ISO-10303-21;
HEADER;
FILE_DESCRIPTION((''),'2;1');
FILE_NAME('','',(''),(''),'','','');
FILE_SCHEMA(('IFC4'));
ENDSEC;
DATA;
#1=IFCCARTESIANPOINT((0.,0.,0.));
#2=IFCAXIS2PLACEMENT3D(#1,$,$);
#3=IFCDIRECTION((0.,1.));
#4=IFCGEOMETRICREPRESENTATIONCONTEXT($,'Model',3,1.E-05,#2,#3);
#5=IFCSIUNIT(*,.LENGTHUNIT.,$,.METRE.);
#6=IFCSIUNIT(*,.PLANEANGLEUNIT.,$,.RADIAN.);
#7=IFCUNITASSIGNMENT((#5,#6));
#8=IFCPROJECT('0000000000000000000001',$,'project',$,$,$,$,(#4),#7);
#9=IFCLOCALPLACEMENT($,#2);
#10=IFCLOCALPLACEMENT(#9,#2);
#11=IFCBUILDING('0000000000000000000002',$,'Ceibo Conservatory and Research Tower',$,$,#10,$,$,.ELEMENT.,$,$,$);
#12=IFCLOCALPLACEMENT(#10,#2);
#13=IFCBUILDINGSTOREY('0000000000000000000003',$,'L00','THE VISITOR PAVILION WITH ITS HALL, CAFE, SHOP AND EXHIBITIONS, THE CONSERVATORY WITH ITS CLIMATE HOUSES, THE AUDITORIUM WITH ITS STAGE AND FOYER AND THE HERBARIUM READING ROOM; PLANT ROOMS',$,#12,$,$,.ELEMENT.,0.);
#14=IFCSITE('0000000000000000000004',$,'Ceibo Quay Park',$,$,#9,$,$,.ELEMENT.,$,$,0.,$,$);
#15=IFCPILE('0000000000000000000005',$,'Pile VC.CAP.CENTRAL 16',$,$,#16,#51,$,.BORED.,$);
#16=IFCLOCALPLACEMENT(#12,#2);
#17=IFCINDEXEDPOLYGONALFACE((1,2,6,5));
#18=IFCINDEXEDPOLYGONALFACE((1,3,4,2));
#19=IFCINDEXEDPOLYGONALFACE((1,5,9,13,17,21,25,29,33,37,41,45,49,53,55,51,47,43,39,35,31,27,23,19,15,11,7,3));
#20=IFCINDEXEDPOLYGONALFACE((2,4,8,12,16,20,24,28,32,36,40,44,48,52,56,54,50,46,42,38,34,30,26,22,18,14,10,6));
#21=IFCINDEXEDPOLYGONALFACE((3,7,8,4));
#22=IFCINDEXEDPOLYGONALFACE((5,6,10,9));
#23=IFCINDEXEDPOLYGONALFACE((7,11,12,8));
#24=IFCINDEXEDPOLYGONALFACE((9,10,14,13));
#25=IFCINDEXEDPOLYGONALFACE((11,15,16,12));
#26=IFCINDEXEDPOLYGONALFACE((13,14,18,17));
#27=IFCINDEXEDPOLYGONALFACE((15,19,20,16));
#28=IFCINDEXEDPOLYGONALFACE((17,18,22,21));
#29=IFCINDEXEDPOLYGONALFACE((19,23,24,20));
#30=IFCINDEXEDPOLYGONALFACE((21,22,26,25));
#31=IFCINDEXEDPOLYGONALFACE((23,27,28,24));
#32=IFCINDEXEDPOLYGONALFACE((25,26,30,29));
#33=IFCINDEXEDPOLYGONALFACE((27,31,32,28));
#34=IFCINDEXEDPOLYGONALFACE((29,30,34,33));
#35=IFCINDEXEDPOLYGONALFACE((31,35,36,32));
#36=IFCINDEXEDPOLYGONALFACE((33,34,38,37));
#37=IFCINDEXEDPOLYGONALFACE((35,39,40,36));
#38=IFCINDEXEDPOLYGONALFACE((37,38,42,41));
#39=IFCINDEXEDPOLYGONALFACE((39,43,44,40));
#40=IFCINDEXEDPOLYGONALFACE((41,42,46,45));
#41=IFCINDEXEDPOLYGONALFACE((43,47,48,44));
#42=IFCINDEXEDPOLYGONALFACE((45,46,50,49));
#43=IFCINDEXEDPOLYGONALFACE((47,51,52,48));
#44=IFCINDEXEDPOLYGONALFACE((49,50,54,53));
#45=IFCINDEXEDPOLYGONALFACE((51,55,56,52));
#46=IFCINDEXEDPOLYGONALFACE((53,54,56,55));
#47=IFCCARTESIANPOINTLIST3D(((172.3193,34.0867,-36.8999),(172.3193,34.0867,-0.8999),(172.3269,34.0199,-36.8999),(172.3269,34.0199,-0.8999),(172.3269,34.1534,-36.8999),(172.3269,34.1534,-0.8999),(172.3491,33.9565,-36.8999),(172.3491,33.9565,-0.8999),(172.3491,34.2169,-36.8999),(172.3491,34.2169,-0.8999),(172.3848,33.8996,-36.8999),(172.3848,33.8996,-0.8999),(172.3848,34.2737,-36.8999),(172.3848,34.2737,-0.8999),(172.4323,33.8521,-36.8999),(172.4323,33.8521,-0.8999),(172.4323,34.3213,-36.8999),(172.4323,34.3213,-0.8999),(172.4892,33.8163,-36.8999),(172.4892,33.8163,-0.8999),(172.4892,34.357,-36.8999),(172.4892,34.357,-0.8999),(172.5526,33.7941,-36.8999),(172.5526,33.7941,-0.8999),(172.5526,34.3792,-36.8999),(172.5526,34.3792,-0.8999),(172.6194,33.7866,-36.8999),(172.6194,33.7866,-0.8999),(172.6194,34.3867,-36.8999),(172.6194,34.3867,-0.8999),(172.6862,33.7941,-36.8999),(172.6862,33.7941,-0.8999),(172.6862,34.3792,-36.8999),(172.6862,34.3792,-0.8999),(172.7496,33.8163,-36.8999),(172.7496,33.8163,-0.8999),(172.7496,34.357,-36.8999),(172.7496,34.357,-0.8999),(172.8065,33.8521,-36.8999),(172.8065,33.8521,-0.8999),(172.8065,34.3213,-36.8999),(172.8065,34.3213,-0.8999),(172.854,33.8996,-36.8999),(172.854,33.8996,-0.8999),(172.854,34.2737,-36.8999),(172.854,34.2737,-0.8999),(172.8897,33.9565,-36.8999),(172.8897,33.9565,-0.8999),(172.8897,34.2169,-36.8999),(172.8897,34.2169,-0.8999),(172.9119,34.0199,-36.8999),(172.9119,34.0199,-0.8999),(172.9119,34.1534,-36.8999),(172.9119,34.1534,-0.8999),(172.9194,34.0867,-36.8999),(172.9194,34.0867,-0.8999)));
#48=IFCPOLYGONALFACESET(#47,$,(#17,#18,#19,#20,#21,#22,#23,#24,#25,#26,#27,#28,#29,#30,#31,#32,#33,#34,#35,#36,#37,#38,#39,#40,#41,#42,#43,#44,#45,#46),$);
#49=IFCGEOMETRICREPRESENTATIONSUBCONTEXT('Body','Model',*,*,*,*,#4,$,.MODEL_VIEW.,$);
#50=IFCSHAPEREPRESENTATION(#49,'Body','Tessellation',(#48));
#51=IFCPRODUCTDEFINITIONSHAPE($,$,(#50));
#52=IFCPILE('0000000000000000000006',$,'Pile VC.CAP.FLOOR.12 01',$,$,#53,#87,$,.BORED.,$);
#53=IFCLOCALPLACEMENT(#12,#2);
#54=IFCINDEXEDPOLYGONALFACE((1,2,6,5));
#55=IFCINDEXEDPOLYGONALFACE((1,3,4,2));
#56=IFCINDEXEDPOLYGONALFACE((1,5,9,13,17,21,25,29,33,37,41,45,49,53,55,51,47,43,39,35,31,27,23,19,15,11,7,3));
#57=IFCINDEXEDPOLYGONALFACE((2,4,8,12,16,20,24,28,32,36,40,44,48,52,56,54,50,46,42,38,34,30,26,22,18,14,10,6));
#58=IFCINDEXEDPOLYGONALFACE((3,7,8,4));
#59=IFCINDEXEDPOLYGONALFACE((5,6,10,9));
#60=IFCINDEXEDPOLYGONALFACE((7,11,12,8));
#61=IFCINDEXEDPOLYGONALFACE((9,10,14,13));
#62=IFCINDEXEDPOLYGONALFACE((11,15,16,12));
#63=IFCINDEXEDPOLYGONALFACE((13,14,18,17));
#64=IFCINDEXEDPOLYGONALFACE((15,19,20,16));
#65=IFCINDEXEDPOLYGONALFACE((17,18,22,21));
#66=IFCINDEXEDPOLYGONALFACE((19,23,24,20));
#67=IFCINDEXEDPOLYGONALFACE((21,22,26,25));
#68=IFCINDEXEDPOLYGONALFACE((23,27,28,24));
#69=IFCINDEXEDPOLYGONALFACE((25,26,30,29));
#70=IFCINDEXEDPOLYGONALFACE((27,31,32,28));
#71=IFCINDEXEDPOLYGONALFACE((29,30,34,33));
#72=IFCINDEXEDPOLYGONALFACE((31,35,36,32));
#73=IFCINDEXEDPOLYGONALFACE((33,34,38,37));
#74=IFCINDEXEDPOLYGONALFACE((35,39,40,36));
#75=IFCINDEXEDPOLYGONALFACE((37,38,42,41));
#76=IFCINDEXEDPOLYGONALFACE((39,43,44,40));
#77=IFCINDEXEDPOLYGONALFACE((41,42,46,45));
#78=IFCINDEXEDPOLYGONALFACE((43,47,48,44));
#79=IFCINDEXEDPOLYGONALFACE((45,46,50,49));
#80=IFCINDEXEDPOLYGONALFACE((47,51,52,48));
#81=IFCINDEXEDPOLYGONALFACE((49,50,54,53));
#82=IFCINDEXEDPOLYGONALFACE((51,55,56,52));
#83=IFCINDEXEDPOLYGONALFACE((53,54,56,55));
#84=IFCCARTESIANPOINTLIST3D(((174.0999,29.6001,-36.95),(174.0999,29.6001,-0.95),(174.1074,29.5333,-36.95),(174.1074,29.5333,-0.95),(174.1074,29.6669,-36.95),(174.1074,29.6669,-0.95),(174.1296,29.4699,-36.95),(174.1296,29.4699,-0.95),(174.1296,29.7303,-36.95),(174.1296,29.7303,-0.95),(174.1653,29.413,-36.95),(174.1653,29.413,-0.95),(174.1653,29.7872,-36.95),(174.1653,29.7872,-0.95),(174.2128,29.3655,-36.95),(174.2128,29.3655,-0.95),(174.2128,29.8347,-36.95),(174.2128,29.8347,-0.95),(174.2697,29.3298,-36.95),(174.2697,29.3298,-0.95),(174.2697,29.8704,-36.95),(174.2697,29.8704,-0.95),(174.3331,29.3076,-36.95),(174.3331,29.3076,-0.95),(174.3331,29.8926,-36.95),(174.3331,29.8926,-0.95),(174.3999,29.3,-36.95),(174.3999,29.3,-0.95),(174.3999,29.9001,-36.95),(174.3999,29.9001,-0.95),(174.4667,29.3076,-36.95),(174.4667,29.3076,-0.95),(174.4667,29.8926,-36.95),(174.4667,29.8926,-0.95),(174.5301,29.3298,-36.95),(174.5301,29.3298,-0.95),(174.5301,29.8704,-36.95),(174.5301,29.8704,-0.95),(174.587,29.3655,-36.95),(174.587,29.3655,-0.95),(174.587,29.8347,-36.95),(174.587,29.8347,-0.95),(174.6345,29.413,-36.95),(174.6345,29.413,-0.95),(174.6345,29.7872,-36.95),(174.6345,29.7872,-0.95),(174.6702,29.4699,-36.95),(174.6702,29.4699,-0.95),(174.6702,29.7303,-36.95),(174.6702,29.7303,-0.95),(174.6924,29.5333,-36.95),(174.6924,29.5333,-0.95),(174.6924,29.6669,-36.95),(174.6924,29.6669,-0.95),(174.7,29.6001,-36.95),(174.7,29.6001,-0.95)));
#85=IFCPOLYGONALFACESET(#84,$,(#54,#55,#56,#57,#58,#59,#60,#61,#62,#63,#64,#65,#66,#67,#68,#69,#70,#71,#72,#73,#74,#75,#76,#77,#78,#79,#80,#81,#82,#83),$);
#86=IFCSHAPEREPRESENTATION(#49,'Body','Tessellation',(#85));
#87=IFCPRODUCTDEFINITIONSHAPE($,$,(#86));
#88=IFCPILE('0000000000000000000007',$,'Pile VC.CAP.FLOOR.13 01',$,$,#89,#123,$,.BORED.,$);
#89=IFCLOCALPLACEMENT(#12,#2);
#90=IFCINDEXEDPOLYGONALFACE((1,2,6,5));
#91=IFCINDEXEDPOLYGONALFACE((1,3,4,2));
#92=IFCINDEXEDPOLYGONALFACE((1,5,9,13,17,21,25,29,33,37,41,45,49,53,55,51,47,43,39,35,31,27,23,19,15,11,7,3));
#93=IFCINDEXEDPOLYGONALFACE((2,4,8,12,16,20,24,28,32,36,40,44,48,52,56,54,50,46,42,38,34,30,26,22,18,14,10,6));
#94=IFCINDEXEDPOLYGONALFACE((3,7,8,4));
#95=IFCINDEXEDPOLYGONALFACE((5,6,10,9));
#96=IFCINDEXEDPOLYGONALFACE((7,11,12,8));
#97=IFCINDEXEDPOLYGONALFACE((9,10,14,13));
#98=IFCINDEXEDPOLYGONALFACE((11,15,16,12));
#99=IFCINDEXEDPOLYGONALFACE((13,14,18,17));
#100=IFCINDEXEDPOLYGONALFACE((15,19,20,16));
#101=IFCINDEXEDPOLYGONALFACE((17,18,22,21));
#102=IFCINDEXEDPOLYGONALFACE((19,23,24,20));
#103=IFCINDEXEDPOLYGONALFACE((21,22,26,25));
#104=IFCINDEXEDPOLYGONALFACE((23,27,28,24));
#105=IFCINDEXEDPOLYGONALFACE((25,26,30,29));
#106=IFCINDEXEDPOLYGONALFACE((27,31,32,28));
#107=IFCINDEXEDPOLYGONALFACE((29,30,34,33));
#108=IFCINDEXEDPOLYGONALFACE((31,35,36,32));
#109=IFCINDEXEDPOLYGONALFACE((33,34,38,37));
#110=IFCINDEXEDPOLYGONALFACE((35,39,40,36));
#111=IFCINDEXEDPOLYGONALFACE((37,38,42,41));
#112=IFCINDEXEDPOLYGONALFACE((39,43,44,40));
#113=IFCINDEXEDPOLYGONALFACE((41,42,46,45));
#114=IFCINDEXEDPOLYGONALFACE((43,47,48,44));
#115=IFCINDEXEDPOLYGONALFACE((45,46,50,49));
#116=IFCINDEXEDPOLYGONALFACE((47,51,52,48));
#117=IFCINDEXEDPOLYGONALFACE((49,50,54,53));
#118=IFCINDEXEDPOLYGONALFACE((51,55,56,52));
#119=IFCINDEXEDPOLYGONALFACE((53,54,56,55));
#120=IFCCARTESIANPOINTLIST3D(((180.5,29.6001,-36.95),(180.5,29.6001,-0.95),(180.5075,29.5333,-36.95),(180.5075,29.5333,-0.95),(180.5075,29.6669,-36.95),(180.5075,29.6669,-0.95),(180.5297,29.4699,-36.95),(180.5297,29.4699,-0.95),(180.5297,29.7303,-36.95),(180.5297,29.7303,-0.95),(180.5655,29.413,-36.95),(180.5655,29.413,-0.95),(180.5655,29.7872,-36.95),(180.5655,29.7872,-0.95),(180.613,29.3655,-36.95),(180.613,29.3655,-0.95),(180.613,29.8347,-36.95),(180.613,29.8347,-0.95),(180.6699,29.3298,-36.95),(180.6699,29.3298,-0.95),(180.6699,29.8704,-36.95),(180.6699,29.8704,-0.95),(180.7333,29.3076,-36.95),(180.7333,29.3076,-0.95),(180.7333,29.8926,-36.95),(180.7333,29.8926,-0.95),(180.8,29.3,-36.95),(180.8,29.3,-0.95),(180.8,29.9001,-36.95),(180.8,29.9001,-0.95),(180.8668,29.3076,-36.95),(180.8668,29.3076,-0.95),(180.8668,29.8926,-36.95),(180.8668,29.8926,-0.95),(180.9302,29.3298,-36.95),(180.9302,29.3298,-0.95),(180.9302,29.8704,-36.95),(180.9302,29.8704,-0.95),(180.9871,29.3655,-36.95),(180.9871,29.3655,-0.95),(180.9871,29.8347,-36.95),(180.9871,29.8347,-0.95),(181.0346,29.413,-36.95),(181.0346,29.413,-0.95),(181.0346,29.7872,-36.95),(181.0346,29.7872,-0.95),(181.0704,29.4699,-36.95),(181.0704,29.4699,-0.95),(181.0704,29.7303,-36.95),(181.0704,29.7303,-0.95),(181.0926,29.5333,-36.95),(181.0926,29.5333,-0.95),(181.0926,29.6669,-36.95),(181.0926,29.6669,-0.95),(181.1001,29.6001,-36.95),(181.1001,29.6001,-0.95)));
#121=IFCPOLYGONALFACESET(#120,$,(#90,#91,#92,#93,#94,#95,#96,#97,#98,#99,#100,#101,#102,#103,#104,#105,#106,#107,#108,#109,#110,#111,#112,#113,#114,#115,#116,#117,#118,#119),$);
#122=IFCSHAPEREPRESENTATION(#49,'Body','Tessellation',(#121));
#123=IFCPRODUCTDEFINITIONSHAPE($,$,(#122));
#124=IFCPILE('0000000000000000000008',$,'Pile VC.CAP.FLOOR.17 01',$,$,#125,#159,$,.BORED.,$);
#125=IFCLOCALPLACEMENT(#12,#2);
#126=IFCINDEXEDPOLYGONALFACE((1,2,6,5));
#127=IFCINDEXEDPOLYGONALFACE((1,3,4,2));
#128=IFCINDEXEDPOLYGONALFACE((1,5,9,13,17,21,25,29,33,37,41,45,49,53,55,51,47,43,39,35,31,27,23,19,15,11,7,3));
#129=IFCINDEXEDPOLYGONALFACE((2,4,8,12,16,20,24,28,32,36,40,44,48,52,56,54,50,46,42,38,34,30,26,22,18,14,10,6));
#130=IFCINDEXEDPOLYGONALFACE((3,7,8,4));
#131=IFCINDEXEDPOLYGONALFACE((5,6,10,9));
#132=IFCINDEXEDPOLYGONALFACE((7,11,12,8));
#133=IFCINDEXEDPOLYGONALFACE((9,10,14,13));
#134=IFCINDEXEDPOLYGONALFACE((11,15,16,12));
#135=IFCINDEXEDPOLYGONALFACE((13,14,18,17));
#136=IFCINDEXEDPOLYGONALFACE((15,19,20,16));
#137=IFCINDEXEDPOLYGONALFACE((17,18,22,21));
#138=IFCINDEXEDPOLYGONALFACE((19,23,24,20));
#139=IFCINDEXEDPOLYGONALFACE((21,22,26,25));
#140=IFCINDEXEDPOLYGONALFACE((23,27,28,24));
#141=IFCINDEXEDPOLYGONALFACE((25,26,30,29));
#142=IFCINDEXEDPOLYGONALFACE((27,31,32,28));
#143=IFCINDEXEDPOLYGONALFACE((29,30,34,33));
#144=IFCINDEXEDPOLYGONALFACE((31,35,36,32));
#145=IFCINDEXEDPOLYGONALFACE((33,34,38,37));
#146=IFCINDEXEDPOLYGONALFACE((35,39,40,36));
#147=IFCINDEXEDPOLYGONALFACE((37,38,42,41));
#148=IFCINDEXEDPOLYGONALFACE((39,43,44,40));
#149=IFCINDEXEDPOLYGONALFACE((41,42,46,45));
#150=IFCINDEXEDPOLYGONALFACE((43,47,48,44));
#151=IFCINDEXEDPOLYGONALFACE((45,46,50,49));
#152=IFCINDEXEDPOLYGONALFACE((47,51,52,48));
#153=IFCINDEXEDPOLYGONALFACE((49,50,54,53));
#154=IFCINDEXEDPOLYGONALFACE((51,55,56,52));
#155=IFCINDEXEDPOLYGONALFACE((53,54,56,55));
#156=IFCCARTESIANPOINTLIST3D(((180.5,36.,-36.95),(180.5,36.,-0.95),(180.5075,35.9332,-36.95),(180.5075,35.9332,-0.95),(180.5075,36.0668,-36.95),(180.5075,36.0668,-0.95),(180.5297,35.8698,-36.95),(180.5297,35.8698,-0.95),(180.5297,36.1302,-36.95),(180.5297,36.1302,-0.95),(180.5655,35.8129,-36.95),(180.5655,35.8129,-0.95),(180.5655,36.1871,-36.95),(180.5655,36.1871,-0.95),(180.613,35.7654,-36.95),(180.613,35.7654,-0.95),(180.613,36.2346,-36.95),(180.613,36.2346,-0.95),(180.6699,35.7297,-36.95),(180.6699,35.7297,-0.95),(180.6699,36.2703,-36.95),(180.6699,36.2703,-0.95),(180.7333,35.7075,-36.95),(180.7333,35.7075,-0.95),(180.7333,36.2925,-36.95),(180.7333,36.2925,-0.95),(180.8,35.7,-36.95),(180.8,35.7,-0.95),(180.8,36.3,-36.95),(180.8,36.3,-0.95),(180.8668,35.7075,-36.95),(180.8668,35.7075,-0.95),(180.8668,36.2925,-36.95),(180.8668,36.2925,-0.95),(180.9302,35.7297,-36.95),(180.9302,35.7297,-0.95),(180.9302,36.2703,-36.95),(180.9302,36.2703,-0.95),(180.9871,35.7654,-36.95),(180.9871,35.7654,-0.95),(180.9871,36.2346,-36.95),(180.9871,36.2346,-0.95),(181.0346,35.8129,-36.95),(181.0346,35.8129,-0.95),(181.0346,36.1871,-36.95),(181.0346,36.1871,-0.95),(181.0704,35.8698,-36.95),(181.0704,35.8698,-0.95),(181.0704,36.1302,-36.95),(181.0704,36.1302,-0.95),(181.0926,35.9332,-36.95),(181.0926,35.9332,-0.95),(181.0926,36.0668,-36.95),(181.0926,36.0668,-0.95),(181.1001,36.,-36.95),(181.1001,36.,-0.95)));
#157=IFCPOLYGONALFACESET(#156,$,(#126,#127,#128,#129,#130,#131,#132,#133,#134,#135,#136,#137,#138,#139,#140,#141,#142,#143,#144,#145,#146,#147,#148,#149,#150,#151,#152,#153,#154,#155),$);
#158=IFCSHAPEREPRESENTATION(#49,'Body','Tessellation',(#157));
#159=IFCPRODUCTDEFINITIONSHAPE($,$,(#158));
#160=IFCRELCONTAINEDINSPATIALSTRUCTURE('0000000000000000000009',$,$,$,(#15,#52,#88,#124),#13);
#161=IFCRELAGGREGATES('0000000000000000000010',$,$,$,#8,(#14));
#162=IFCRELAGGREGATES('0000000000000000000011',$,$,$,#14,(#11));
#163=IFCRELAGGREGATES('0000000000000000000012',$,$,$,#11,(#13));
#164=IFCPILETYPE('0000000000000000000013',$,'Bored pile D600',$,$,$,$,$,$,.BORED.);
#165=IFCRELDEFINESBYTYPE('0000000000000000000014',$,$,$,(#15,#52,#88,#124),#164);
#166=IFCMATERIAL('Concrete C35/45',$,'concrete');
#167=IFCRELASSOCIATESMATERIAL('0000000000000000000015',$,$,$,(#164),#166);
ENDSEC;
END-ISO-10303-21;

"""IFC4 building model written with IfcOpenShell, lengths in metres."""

from ifc_helpers import new_model, si_unit, direction, frame, origin, origin_2d, place, context, subcontext, project, spatial, circle, extrude, material, material_profile, profile_set, type_object, element, save


model = new_model("IFC4")

# Units and contexts
model_context = context("Model", 3, precision=1e-05, world=origin(), true_north=direction((0.0, 1.0)))
body_context = subcontext(model_context, "Body", "Model", "MODEL_VIEW")
ifc_project = project(units=[si_unit("LENGTHUNIT", "METRE"), si_unit("PLANEANGLEUNIT", "RADIAN")], contexts=[model_context])

# Site, building, storey
site_placement = place(None, origin())
site = spatial("IfcSite", under=ifc_project, at=site_placement, Name="Ceibo Quay Park", CompositionType="ELEMENT", RefElevation=0.0)
building_placement = place(site_placement, origin())
building = spatial("IfcBuilding", under=site, at=building_placement, Name="Ceibo Conservatory and Research Tower", CompositionType="ELEMENT")
storey_placement = place(building_placement, origin())
storey = spatial("IfcBuildingStorey", under=building, at=storey_placement, Name="L00", Description="THE VISITOR PAVILION WITH ITS HALL, CAFE, SHOP AND EXHIBITIONS, THE CONSERVATORY WITH ITS CLIMATE HOUSES, THE AUDITORIUM WITH ITS STAGE AND FOYER AND THE HERBARIUM READING ROOM; PLANT ROOMS", CompositionType="ELEMENT", Elevation=0.0)

# Piles
ifc_material_1 = material(Name="Concrete C35/45", Category="concrete")
ifc_material_profile_1 = material_profile(ifc_material_1, circle(Radius=0.3, at=origin_2d()), Name="RC D600")
ifc_profile_set_1 = profile_set([ifc_material_profile_1], Name="Concrete C35/45")
pile_type = type_object("IfcPileType", Name="Bored pile D600", PredefinedType="BORED", material=ifc_profile_set_1)
for number, where, z_axis, x_axis, name in (
    (1, (172.6194, 34.0867, -0.8999), (0.0, 0.0, -1.0), (1.0, 0.0, 0.0), "Pile VC.CAP.CENTRAL 16"),
    (2, (174.3999, 29.6001, -0.95), (0.0, 0.0, -1.0), (1.0, 0.0, 0.0), "Pile VC.CAP.FLOOR.12 01"),
    (3, (180.8, 29.6001, -0.95), (0.0, 0.0, -1.0), (1.0, 0.0, 0.0), "Pile VC.CAP.FLOOR.13 01"),
    (4, (180.8, 36.0, -0.95), (0.0, 0.0, -1.0), (1.0, 0.0, 0.0), "Pile VC.CAP.FLOOR.17 01"),
):
    element("IfcPile", number, at=place(storey_placement, frame(where, z_axis=z_axis, x_axis=x_axis)), inside=storey, type_object=pile_type, Name=name, PredefinedType="BORED", context=body_context, shape_type="SweptSolid", body=[
        extrude(circle(Radius=0.3, at=origin_2d()), origin(), (0.0, 0.0, 1.0), 36.0),
    ])

save(model, "model.ifc")
